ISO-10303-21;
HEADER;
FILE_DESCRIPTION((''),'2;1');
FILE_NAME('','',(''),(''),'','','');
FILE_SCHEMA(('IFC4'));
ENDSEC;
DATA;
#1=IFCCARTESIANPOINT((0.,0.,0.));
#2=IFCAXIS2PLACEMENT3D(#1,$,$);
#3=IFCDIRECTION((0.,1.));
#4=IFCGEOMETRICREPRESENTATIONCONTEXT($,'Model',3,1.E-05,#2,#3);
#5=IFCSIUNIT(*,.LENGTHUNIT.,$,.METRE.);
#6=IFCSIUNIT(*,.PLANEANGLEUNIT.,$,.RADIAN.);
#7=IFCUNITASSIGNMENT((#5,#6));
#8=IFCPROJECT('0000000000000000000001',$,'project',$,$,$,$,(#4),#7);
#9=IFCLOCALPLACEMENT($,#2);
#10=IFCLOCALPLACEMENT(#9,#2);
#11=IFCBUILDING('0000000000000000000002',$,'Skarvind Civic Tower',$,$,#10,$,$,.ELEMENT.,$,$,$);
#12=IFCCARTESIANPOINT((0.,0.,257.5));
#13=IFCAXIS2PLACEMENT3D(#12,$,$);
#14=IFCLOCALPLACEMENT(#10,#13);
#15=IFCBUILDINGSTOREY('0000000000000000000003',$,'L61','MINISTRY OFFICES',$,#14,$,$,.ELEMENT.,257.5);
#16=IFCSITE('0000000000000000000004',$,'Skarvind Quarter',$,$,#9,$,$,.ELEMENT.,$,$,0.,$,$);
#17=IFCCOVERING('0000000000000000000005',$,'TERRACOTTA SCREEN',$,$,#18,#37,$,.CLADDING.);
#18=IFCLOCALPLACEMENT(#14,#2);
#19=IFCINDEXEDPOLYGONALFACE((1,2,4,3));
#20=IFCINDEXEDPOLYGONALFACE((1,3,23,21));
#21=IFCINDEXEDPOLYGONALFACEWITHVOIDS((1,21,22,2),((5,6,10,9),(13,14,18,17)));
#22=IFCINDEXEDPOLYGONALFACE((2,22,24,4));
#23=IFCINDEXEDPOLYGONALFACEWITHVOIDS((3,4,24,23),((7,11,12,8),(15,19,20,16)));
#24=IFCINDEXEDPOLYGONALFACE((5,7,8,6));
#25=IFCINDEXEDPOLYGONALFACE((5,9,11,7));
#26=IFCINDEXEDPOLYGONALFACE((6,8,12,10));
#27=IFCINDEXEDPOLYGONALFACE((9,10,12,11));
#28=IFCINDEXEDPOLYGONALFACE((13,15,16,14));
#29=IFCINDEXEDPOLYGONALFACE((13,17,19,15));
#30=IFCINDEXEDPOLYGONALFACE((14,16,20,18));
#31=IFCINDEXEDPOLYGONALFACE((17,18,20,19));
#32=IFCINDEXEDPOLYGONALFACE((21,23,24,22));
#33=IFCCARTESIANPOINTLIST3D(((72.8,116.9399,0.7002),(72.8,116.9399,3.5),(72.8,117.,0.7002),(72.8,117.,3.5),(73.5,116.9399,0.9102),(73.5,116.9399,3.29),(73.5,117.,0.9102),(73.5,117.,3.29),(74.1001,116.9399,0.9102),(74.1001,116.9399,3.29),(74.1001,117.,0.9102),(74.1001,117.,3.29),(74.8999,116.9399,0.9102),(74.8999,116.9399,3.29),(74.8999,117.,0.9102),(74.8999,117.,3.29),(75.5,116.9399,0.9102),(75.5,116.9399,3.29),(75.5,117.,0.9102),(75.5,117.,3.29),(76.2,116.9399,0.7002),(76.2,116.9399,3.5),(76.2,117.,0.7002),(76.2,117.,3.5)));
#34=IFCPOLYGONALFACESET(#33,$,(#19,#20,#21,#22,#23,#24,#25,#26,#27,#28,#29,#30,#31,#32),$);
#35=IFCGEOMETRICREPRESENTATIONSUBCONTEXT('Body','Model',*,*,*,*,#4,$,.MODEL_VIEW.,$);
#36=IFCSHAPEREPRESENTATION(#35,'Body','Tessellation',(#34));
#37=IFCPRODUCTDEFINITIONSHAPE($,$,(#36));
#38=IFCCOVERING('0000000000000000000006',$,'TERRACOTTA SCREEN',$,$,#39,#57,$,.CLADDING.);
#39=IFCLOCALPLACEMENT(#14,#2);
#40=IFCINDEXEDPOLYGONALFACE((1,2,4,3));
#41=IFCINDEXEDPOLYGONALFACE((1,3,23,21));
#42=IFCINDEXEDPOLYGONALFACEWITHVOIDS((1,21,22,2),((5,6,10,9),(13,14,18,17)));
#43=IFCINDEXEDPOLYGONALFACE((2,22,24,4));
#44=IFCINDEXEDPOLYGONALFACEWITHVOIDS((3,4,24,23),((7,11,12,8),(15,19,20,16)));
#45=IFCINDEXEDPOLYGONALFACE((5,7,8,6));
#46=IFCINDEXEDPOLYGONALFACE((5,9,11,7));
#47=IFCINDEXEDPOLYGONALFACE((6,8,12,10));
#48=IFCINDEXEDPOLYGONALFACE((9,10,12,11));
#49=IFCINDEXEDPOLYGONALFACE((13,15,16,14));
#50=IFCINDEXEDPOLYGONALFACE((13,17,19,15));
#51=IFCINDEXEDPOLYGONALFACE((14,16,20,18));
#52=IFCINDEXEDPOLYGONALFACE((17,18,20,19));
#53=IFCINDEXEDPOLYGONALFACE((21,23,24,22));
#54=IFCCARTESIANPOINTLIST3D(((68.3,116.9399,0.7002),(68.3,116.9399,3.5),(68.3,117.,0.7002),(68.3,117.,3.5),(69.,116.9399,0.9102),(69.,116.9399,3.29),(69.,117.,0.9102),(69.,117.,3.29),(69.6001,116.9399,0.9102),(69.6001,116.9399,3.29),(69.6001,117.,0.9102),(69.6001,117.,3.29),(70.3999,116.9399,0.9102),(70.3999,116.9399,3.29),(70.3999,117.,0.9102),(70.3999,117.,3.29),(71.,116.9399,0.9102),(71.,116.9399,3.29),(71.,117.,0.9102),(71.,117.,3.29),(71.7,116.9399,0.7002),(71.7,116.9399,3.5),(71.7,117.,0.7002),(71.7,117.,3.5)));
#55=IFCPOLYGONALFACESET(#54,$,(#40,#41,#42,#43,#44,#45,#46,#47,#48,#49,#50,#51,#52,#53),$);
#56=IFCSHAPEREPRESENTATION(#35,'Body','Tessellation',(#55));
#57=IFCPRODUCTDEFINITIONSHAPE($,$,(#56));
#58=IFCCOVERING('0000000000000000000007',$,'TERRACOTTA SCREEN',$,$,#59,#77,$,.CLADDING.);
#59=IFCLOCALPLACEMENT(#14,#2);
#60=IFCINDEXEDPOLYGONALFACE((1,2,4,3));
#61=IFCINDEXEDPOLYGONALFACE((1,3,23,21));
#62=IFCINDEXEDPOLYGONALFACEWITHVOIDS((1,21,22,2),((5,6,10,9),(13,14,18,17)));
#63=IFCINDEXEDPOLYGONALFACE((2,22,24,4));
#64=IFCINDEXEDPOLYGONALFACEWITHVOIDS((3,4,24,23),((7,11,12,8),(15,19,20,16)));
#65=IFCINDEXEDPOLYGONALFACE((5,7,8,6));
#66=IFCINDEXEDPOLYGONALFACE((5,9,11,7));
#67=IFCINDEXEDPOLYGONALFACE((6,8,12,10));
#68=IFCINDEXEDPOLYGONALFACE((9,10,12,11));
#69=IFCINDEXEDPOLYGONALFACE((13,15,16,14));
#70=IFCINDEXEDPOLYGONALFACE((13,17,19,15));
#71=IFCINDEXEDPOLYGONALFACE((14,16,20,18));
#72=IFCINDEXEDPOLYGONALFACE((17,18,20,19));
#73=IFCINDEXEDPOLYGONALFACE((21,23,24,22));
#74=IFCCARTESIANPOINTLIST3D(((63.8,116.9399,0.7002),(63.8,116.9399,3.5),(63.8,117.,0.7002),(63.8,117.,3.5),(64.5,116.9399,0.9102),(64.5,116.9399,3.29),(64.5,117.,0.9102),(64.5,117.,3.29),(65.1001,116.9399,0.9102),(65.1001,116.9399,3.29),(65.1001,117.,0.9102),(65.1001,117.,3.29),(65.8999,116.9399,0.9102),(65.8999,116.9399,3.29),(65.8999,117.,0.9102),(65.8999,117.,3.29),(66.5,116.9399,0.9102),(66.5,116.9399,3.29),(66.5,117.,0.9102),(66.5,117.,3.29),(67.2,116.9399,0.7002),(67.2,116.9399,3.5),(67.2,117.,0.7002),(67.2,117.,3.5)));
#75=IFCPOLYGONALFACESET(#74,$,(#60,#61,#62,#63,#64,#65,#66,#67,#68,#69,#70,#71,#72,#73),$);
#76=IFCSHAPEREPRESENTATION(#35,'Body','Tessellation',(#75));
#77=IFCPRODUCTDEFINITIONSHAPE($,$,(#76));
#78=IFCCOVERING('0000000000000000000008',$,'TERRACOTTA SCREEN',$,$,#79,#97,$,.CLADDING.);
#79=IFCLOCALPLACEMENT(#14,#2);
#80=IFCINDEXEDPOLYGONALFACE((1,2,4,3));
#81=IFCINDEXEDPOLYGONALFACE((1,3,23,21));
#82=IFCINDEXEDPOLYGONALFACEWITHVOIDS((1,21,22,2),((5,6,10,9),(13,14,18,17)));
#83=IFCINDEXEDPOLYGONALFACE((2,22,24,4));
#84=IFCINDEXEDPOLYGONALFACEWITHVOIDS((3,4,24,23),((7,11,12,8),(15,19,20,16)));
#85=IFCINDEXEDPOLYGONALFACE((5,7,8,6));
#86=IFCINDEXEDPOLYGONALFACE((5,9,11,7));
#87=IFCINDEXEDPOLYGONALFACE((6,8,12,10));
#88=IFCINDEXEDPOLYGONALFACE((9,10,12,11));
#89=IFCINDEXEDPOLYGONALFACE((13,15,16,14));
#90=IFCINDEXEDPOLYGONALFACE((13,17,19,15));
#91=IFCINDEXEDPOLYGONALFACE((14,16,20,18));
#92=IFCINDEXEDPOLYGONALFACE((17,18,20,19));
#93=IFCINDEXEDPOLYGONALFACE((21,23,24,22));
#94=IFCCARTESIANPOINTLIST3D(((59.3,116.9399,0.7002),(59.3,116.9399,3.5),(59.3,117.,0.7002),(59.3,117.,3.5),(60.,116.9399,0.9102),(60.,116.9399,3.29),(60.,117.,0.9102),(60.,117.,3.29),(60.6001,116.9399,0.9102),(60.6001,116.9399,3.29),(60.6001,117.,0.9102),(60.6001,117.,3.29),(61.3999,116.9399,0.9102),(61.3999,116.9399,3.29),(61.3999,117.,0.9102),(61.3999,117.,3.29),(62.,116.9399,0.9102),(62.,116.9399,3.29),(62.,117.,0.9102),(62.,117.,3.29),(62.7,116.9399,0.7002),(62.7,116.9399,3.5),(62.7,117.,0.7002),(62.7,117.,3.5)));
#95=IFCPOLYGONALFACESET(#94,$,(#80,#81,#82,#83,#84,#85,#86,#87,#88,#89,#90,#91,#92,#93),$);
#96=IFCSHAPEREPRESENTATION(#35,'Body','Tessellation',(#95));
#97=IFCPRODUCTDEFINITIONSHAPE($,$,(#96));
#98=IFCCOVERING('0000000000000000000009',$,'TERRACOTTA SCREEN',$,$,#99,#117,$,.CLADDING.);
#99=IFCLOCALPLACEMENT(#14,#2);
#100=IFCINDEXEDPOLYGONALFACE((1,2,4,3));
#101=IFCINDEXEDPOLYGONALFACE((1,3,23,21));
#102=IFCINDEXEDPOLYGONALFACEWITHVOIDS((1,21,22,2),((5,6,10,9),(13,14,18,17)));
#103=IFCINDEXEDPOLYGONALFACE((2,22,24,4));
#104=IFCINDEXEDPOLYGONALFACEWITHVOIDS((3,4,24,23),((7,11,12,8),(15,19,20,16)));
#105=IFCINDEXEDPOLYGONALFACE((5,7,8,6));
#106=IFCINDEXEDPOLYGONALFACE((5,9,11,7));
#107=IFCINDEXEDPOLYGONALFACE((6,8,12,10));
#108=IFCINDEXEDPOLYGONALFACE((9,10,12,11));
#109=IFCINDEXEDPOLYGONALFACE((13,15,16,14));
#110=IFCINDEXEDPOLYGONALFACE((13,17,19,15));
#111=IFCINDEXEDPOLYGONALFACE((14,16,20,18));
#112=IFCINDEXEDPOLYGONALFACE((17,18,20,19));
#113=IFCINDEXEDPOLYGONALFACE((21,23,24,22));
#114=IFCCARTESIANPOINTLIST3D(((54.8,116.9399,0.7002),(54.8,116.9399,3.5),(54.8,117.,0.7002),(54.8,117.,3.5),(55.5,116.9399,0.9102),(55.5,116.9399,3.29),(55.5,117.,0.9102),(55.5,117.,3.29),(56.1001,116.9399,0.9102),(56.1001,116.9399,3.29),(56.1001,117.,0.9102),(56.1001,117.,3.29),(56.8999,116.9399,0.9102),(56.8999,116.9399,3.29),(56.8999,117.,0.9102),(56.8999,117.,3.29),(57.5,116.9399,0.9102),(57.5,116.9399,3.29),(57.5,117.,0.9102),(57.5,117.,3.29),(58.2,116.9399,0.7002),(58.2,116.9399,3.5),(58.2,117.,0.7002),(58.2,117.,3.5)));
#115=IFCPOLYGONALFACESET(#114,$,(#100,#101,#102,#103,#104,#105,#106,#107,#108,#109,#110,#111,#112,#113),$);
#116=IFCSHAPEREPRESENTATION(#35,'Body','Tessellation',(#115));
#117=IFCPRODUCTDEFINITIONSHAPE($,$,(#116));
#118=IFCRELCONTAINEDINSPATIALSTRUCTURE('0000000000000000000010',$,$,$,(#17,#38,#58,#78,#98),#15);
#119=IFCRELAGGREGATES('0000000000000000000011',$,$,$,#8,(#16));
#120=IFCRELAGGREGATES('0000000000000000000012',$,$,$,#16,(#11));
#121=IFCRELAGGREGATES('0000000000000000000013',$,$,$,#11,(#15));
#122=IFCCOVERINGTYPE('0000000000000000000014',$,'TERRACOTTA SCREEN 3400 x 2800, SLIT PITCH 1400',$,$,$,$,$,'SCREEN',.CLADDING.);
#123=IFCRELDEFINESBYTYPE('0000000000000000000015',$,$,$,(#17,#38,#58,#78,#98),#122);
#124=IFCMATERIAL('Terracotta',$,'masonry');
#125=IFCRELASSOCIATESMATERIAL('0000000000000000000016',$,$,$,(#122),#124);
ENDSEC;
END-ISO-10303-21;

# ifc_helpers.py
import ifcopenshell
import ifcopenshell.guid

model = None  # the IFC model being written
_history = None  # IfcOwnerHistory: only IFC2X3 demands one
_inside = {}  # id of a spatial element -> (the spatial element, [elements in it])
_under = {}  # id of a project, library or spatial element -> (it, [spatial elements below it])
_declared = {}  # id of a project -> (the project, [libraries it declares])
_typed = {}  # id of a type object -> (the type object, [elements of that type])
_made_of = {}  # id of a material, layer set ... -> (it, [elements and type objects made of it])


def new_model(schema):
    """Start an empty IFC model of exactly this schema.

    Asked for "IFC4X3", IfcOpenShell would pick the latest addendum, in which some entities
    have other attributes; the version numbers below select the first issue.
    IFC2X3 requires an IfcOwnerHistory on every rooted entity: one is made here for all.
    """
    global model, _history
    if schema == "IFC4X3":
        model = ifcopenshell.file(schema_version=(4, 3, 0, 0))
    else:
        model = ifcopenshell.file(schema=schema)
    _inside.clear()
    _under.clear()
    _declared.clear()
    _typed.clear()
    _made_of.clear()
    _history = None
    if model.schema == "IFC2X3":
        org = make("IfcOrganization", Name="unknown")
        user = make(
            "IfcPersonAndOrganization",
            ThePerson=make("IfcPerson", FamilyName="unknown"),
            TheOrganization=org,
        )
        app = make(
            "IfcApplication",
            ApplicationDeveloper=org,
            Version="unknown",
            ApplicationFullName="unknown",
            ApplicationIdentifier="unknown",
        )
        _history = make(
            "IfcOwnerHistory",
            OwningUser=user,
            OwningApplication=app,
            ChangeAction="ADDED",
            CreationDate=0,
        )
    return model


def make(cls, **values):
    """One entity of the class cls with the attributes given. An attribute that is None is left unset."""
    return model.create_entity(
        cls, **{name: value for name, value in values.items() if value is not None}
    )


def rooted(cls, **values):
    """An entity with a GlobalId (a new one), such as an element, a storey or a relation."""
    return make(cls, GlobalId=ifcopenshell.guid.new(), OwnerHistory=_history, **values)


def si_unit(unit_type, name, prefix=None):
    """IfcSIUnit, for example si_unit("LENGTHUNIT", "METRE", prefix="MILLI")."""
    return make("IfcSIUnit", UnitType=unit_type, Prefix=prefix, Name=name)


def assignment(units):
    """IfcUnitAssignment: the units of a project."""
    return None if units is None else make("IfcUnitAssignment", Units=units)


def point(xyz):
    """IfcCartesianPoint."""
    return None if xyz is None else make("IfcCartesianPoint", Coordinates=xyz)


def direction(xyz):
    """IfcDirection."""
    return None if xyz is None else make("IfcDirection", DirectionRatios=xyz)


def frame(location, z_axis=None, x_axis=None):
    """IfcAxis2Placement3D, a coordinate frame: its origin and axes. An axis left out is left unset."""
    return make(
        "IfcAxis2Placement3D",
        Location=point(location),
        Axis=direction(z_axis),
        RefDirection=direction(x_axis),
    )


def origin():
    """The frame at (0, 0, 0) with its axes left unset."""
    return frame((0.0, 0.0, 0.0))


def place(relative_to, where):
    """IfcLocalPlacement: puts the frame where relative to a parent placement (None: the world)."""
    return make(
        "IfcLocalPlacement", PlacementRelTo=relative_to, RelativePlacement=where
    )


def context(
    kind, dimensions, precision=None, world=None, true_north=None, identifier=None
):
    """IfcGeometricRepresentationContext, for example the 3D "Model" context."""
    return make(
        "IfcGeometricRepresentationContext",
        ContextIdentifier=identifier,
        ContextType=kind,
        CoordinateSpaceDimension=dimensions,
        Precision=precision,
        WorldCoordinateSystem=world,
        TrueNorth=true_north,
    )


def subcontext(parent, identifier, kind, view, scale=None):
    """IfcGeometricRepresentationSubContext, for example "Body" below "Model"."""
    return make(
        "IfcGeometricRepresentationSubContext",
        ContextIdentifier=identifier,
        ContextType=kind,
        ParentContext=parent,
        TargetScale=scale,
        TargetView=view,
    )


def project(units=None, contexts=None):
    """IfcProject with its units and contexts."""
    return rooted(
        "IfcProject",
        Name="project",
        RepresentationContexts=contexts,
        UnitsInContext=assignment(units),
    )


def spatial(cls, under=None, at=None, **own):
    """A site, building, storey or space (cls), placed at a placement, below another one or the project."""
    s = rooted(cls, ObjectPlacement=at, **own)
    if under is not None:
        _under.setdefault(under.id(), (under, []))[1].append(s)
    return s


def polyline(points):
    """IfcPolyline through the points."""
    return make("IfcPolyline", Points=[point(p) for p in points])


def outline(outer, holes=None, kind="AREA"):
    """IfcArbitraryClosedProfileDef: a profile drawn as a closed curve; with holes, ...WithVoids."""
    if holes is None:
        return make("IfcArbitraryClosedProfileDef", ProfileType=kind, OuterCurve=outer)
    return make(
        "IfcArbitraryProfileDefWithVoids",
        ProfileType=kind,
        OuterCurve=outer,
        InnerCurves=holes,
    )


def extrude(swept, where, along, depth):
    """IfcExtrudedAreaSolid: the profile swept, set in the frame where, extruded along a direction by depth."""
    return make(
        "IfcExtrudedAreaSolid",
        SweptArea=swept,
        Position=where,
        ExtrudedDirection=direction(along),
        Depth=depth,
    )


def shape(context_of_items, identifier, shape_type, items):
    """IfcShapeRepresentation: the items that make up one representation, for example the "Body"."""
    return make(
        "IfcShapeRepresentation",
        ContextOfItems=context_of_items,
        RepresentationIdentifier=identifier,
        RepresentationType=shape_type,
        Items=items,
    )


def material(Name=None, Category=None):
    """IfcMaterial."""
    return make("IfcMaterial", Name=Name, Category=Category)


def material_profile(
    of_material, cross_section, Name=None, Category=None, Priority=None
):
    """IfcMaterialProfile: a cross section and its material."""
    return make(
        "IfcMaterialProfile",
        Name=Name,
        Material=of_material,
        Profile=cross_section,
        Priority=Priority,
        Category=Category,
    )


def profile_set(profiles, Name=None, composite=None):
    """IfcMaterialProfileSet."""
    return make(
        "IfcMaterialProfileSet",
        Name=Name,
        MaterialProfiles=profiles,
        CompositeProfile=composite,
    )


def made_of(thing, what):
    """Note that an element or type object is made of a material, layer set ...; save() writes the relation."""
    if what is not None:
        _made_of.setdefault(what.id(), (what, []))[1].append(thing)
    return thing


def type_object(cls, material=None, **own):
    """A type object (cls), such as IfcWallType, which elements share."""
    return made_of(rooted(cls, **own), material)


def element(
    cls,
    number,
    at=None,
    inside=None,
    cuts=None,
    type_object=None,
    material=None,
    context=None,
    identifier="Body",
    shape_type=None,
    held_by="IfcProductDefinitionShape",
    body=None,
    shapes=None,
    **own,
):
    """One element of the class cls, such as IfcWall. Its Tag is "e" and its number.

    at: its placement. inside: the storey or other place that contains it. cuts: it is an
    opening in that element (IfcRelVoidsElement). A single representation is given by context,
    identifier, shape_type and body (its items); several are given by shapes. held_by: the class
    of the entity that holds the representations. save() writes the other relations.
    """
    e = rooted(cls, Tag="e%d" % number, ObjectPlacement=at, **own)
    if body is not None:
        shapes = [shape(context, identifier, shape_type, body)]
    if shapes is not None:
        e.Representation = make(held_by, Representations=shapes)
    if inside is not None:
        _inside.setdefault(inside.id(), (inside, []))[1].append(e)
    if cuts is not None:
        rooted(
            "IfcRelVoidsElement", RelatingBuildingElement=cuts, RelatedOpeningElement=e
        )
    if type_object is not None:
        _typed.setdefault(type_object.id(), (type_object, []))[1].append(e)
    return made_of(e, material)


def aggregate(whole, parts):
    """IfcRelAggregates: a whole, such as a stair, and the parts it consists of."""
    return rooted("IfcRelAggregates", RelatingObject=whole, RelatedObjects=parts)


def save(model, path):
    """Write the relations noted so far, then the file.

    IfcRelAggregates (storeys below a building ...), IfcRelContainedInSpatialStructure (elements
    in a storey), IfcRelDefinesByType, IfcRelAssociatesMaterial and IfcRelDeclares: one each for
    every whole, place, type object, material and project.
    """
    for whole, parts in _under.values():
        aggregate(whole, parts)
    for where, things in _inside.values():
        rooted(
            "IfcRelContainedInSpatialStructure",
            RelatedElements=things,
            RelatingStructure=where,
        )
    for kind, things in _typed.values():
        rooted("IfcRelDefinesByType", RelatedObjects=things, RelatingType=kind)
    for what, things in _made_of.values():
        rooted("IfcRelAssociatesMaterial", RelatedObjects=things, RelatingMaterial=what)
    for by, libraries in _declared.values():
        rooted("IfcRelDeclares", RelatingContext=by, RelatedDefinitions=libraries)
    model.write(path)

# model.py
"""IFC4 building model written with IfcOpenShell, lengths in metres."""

from ifc_helpers import new_model, si_unit, direction, frame, origin, place, context, subcontext, project, spatial, polyline, outline, extrude, material, material_profile, profile_set, type_object, element, save


model = new_model("IFC4")

# Units and contexts
model_context = context("Model", 3, precision=1e-05, world=origin(), true_north=direction((0.0, 1.0)))
body_context = subcontext(model_context, "Body", "Model", "MODEL_VIEW")
ifc_project = project(units=[si_unit("LENGTHUNIT", "METRE"), si_unit("PLANEANGLEUNIT", "RADIAN")], contexts=[model_context])

# Site, building, storey
site_placement = place(None, origin())
site = spatial("IfcSite", under=ifc_project, at=site_placement, Name="Skarvind Quarter", CompositionType="ELEMENT", RefElevation=0.0)
building_placement = place(site_placement, origin())
building = spatial("IfcBuilding", under=site, at=building_placement, Name="Skarvind Civic Tower", CompositionType="ELEMENT")
storey_placement = place(building_placement, frame((0.0, 0.0, 257.5)))
storey = spatial("IfcBuildingStorey", under=building, at=storey_placement, Name="L61", Description="MINISTRY OFFICES", CompositionType="ELEMENT", Elevation=257.5)

# Coverings
ifc_material_1 = material(Name="Terracotta", Category="masonry")
ifc_material_profile = material_profile(ifc_material_1, outline(polyline([(-1.7, -1.3999), (1.7, -1.3999), (1.7, 1.3999), (-1.7, 1.3999), (-1.7, -1.3999)]), holes=[polyline([(-1.0, -1.1899), (-0.3999, -1.1899), (-0.3999, 1.1899), (-1.0, 1.1899), (-1.0, -1.1899)]), polyline([(0.3999, -1.1899), (1.0, -1.1899), (1.0, 1.1899), (0.3999, 1.1899), (0.3999, -1.1899)])]), Name="TERRACOTTA SCREEN 3400 x 2800, SLIT PITCH 1400")
ifc_profile_set = profile_set([ifc_material_profile], Name="Terracotta")
covering_type = type_object("IfcCoveringType", Name="TERRACOTTA SCREEN 3400 x 2800, SLIT PITCH 1400", ElementType="SCREEN", PredefinedType="CLADDING", material=ifc_profile_set)
for number, where, z_axis, x_axis, name in (
    (1, (74.5, 117.0, 2.1001), (0.0, -1.0, 0.0), (1.0, 0.0, 0.0), "TERRACOTTA SCREEN"),
    (2, (70.0, 117.0, 2.1001), (0.0, -1.0, 0.0), (1.0, 0.0, 0.0), "TERRACOTTA SCREEN"),
    (3, (65.5, 117.0, 2.1001), (0.0, -1.0, 0.0), (1.0, 0.0, 0.0), "TERRACOTTA SCREEN"),
    (4, (61.0, 117.0, 2.1001), (0.0, -1.0, 0.0), (1.0, 0.0, 0.0), "TERRACOTTA SCREEN"),
    (5, (56.5, 117.0, 2.1001), (0.0, -1.0, 0.0), (1.0, 0.0, 0.0), "TERRACOTTA SCREEN"),
):
    element("IfcCovering", number, at=place(storey_placement, frame(where, z_axis=z_axis, x_axis=x_axis)), inside=storey, type_object=covering_type, Name=name, PredefinedType="CLADDING", context=body_context, shape_type="SweptSolid", body=[
        extrude(outline(polyline([(-1.7, -1.3999), (1.7, -1.3999), (1.7, 1.3999), (-1.7, 1.3999), (-1.7, -1.3999)]), holes=[polyline([(-1.0, -1.1899), (-0.3999, -1.1899), (-0.3999, 1.1899), (-1.0, 1.1899), (-1.0, -1.1899)]), polyline([(0.3999, -1.1899), (1.0, -1.1899), (1.0, 1.1899), (0.3999, 1.1899), (0.3999, -1.1899)])]), origin(), (0.0, 0.0, 1.0), 0.0601),
    ])

save(model, "model.ifc")
